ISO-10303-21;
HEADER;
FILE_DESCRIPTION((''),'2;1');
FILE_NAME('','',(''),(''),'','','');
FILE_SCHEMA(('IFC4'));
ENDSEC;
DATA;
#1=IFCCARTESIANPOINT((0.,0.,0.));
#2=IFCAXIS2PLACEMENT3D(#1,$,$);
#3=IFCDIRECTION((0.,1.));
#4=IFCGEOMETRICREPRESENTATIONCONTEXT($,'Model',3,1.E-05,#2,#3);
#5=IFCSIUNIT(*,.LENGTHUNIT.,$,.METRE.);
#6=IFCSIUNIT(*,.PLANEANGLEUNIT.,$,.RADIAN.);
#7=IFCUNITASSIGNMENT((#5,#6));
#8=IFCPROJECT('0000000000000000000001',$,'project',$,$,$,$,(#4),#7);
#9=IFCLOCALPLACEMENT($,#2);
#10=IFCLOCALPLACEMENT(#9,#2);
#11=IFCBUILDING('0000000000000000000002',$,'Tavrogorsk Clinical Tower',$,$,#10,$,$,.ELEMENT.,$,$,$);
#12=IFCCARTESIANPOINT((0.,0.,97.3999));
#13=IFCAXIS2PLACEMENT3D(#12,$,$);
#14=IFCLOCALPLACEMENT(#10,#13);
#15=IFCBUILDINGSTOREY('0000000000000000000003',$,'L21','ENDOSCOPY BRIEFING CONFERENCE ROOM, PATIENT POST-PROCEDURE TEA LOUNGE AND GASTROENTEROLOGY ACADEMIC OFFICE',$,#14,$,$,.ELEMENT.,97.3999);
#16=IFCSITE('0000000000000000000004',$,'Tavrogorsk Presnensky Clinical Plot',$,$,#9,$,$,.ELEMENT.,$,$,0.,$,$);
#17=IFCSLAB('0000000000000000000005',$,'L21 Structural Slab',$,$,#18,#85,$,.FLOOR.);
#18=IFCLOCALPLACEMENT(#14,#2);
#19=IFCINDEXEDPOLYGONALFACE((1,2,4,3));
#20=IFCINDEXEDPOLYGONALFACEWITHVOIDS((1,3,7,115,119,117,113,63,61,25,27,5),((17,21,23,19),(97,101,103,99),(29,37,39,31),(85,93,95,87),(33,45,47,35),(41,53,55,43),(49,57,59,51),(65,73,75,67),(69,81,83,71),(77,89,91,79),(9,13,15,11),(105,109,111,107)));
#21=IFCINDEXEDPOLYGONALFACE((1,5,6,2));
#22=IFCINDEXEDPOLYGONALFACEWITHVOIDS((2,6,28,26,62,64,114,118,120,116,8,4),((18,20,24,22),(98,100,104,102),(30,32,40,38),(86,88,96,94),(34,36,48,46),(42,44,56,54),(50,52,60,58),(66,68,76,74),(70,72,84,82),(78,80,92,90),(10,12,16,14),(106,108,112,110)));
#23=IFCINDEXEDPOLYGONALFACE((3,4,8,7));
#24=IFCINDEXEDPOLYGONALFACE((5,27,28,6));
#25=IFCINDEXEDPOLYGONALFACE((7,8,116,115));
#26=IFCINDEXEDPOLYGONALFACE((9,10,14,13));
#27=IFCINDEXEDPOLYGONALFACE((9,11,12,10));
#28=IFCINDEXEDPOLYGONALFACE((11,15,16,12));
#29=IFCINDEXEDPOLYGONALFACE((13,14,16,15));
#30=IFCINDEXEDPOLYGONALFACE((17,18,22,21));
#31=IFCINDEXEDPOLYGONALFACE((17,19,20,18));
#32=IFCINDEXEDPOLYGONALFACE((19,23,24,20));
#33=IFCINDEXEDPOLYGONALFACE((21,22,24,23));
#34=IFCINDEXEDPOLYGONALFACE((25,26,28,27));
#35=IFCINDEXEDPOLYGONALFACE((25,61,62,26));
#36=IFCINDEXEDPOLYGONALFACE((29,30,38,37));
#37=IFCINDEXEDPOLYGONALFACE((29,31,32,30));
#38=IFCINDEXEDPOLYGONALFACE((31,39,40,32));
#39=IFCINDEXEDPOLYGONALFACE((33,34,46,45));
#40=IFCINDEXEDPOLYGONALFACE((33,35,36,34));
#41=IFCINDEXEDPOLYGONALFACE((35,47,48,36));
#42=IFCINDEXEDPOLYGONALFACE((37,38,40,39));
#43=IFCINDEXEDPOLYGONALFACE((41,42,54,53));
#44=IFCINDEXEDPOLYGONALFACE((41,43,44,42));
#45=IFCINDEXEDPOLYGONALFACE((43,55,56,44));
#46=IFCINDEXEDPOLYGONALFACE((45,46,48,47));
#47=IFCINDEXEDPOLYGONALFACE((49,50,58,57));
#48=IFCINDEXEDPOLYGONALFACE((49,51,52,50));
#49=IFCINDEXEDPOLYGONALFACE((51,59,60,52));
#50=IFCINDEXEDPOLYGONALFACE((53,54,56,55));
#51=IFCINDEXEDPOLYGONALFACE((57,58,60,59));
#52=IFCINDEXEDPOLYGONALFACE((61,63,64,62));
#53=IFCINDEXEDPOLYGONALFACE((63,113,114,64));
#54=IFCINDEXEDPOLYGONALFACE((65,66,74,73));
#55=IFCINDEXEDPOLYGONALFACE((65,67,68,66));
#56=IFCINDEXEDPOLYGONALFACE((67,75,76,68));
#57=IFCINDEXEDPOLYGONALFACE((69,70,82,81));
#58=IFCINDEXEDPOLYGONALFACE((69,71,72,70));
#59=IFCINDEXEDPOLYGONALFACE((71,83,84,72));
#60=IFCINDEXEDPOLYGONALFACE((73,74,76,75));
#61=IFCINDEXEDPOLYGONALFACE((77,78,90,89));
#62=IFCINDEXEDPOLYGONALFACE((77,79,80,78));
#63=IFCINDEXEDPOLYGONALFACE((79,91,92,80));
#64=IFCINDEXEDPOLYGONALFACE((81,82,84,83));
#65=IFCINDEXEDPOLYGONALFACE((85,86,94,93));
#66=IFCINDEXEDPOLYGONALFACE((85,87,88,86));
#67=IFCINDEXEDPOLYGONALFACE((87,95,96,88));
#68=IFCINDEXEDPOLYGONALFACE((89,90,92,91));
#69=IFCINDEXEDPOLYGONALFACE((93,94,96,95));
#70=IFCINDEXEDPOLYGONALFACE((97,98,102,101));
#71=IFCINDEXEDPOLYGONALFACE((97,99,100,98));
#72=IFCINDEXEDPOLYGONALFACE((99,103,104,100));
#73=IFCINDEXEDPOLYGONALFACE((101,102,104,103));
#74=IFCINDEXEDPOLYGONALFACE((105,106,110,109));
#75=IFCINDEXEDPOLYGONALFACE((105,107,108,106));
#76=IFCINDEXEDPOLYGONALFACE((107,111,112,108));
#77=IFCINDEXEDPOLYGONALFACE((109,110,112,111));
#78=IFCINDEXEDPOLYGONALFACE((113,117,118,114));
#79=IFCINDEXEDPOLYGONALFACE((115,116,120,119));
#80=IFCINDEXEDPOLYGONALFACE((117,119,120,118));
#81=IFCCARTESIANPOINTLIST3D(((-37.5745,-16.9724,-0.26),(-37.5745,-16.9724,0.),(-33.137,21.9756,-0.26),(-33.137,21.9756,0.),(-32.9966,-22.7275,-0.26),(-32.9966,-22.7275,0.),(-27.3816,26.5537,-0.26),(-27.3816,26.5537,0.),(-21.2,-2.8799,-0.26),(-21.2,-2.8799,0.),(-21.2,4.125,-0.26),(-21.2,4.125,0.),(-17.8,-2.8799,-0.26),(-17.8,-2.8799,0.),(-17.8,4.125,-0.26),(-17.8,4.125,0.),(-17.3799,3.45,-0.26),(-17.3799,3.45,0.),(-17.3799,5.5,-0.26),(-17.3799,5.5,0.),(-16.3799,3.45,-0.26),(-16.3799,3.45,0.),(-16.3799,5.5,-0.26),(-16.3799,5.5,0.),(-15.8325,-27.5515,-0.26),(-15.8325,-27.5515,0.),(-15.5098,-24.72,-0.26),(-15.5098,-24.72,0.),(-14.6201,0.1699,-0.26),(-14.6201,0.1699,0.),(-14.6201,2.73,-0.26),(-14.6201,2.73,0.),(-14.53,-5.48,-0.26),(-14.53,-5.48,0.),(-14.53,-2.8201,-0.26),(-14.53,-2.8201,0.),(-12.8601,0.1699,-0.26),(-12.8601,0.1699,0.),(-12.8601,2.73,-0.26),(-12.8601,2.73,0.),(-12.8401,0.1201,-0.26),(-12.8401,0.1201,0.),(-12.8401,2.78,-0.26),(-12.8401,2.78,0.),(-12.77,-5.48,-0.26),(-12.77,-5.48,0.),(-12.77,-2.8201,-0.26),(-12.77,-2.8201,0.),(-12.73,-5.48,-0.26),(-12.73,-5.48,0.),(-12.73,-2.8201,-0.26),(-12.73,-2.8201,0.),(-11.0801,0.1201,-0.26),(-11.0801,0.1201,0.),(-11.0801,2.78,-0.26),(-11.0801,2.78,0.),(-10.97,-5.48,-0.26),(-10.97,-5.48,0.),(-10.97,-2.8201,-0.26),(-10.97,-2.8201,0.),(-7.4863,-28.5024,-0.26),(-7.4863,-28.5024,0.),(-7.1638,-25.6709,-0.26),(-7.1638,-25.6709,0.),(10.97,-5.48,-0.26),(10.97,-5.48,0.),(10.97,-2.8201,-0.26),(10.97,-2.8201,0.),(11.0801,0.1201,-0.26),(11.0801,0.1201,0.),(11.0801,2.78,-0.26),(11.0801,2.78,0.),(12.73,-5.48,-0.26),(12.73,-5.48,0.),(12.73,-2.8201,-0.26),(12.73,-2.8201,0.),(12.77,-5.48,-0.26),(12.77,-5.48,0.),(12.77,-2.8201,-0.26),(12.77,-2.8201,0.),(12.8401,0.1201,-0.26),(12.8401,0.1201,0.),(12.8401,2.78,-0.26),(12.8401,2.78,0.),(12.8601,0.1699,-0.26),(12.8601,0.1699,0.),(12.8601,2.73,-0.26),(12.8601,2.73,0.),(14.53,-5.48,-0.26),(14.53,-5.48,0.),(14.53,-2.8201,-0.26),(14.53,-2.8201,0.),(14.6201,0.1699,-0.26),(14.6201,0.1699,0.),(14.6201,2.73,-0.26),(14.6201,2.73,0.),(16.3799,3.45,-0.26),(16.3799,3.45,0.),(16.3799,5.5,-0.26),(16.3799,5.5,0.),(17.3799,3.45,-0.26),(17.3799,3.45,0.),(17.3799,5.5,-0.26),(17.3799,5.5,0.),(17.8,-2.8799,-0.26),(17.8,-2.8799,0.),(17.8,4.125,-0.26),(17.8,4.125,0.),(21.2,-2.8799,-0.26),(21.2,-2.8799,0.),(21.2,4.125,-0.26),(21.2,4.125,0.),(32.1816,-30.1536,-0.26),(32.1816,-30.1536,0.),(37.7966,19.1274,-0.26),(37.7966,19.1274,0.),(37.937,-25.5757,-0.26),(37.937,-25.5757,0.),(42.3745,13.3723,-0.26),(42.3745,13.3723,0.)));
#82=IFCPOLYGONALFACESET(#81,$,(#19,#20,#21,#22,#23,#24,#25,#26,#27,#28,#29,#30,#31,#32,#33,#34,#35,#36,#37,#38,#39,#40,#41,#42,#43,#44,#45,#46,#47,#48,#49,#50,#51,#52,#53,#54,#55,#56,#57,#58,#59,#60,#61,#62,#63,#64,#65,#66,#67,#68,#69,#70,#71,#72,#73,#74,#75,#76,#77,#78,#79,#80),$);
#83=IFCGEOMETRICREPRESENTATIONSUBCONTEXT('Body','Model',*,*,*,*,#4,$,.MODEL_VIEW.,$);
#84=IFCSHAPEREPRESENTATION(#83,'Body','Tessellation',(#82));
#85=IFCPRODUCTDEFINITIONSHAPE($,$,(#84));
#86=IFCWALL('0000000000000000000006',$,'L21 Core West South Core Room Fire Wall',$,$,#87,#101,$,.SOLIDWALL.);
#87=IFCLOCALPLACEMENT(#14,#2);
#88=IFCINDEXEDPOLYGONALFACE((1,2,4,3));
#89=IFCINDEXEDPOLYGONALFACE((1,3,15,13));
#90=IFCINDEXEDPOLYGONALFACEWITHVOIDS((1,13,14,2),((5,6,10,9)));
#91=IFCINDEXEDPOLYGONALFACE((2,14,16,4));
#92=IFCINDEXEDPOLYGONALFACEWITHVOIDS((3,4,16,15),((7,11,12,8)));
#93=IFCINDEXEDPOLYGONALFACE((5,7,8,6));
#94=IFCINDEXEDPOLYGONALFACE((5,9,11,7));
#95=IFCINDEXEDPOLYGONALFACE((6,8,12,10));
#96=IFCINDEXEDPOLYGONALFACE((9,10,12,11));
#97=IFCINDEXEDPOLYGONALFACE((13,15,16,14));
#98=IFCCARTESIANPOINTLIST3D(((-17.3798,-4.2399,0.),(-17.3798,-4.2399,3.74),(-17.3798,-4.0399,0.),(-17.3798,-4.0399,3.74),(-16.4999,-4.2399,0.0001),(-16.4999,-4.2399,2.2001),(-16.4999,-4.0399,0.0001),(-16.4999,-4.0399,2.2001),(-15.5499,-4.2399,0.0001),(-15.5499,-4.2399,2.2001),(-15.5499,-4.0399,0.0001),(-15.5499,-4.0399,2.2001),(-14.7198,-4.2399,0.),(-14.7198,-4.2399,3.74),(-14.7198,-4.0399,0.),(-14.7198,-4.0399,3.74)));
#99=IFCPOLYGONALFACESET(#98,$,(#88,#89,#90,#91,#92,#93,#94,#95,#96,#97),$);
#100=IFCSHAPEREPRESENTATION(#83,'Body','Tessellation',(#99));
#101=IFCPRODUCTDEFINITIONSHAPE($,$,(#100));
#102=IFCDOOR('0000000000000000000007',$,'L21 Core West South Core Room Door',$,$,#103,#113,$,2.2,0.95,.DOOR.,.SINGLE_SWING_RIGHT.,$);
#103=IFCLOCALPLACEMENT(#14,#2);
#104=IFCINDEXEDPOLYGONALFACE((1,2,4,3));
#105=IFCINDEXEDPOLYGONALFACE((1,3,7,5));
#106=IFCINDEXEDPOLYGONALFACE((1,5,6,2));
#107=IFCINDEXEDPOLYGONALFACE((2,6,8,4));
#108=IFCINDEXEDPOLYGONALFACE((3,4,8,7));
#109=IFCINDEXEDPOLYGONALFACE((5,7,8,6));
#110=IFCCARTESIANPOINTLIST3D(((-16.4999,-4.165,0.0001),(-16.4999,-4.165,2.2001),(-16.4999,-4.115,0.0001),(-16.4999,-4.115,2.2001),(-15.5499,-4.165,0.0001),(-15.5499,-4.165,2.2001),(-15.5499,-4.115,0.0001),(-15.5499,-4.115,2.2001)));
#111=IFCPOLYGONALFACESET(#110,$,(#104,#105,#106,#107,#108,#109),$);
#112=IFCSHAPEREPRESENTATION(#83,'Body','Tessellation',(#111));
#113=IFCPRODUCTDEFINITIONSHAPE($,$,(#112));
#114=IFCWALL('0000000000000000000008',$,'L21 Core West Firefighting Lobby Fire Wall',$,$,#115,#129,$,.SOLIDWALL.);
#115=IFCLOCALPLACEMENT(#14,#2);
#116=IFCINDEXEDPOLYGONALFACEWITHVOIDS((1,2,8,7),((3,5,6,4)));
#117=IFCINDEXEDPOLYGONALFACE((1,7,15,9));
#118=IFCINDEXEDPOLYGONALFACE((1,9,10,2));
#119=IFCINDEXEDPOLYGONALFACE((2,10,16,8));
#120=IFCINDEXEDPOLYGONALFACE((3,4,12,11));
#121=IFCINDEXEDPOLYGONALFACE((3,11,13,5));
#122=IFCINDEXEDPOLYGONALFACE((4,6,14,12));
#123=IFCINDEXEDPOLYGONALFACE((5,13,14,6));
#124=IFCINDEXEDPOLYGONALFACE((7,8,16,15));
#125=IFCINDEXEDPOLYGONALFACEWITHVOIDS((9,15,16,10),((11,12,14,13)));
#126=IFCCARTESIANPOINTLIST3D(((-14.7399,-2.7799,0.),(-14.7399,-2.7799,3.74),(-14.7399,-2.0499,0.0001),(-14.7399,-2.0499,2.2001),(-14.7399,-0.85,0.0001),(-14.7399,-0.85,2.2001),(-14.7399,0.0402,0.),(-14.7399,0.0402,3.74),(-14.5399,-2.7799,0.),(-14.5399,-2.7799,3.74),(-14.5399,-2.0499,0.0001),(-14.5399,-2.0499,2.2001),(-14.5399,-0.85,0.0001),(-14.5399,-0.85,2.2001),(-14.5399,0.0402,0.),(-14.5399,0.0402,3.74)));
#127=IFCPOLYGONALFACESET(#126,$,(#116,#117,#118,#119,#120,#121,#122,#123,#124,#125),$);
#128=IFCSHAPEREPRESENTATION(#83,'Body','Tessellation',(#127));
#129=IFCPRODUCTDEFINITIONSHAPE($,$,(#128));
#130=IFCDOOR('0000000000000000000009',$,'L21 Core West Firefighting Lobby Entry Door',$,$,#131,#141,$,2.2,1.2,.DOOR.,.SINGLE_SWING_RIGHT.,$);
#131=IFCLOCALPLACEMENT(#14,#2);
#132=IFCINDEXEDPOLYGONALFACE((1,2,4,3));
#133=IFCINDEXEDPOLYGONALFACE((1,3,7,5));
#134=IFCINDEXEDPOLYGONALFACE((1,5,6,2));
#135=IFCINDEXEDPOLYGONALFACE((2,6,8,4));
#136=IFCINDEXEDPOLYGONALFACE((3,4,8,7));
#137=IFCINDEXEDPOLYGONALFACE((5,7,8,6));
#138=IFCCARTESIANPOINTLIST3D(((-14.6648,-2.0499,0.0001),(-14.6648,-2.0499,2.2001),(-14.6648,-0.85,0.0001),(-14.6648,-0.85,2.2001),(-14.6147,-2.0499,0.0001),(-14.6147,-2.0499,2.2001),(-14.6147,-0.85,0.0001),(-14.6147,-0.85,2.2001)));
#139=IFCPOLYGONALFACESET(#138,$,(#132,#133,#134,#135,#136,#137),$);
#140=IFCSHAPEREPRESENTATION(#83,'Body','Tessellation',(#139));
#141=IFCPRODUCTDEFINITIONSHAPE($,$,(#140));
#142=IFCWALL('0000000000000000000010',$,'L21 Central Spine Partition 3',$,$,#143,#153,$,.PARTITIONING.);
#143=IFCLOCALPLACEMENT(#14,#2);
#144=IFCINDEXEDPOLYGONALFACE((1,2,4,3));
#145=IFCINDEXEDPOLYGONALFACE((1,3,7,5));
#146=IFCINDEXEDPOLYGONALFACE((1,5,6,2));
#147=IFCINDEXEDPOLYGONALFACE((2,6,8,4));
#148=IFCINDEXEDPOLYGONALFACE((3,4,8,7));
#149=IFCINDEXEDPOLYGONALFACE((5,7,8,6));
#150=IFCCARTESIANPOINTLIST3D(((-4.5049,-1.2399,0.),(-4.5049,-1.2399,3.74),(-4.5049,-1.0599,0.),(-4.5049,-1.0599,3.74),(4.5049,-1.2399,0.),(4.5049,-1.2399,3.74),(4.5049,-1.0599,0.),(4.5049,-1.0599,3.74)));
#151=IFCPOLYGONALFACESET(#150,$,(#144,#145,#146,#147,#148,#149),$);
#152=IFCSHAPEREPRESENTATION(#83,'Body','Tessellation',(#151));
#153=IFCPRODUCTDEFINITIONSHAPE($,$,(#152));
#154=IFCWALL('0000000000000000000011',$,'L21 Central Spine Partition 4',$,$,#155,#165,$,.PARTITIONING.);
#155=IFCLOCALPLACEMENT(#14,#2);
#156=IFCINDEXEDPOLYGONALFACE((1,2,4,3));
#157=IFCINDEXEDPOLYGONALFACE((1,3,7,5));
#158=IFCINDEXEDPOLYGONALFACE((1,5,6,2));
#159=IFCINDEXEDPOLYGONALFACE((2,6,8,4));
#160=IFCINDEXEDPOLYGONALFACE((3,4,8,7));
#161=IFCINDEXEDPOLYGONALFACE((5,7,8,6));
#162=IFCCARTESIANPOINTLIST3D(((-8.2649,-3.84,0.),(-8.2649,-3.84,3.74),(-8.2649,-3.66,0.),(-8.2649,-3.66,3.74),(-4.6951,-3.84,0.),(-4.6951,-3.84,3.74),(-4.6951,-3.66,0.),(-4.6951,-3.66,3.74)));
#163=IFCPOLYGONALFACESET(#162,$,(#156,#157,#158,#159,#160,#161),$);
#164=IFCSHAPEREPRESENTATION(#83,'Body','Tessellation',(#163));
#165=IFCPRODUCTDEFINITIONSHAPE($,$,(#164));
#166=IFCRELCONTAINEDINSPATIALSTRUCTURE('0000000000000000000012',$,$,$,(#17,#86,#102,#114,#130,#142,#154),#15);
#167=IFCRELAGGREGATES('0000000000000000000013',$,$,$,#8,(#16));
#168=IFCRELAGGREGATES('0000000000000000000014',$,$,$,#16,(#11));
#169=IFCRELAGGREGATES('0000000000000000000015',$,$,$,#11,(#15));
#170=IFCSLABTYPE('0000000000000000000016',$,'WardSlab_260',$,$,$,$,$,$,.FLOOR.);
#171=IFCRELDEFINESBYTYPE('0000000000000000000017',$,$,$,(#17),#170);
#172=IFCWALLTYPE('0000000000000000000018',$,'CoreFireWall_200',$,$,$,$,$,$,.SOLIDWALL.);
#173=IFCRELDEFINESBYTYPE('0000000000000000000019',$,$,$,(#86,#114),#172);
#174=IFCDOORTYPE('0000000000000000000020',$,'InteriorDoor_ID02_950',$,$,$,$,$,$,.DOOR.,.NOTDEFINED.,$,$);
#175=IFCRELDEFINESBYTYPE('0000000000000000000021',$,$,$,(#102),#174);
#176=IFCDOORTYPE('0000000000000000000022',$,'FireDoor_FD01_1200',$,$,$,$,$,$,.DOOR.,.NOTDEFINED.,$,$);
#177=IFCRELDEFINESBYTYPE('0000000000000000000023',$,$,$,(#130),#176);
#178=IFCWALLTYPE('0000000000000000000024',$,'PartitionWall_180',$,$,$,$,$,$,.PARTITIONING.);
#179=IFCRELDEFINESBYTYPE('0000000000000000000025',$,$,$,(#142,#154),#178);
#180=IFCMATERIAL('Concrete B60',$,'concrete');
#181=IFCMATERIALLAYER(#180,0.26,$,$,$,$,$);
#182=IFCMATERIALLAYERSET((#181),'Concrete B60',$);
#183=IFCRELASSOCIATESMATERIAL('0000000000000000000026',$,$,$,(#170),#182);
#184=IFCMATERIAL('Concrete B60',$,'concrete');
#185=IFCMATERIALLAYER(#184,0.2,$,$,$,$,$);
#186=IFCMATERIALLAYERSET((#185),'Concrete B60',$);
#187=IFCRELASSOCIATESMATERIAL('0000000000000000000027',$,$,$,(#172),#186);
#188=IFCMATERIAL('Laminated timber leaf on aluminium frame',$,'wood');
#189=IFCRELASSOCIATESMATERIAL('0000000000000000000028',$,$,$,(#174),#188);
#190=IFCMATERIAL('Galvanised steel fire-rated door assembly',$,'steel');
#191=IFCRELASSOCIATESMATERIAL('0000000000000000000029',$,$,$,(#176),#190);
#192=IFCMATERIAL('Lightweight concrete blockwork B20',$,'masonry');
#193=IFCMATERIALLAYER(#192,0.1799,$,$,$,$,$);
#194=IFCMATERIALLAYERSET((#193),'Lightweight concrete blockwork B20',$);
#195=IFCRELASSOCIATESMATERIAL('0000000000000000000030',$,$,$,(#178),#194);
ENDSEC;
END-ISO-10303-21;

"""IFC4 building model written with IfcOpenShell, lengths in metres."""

from ifc_helpers import new_model, si_unit, direction, frame, frame_2d, origin, place, context, subcontext, project, spatial, polyline, rectangle, outline, extrude, material, layer, layer_set, type_object, element, fill, save


model = new_model("IFC4")

# Units and contexts
model_context = context("Model", 3, precision=1e-05, world=origin(), true_north=direction((0.0, 1.0)))
body_context = subcontext(model_context, "Body", "Model", "MODEL_VIEW")
ifc_project = project(units=[si_unit("LENGTHUNIT", "METRE"), si_unit("PLANEANGLEUNIT", "RADIAN")], contexts=[model_context])

# Site, building, storey
site_placement = place(None, origin())
site = spatial("IfcSite", under=ifc_project, at=site_placement, Name="Tavrogorsk Presnensky Clinical Plot", CompositionType="ELEMENT", RefElevation=0.0)
building_placement = place(site_placement, origin())
building = spatial("IfcBuilding", under=site, at=building_placement, Name="Tavrogorsk Clinical Tower", CompositionType="ELEMENT")
storey_placement = place(building_placement, frame((0.0, 0.0, 97.3999)))
storey = spatial("IfcBuildingStorey", under=building, at=storey_placement, Name="L21", Description="ENDOSCOPY BRIEFING CONFERENCE ROOM, PATIENT POST-PROCEDURE TEA LOUNGE AND GASTROENTEROLOGY ACADEMIC OFFICE", CompositionType="ELEMENT", Elevation=97.3999)

# Slab
ifc_material_1 = material(Name="Concrete B60", Category="concrete")
ifc_layer_1 = layer(ifc_material_1, 0.26)
ifc_layer_set_1 = layer_set([ifc_layer_1], Name="Concrete B60")
slab_type = type_object("IfcSlabType", Name="WardSlab_260", PredefinedType="FLOOR", material=ifc_layer_set_1)
slab_placement = place(storey_placement, frame((0.0, 0.0, -0.26)))
element("IfcSlab", 1, at=slab_placement, inside=storey, type_object=slab_type, Name="L21 Structural Slab", PredefinedType="FLOOR", context=body_context, shape_type="SweptSolid", body=[
    extrude(outline(polyline([(-32.9966, -22.7275), (-37.5745, -16.9724), (-33.137, 21.9756), (-27.3816, 26.5537), (37.7966, 19.1274), (42.3745, 13.3723), (37.937, -25.5757), (32.1816, -30.1536), (-7.1638, -25.6709), (-7.4863, -28.5024), (-15.8325, -27.5515), (-15.5098, -24.72), (-32.9966, -22.7275)]), holes=[polyline([(-17.8, -2.8799), (-17.8, 4.125), (-21.2, 4.125), (-21.2, -2.8799), (-17.8, -2.8799)]), polyline([(21.2, -2.8799), (21.2, 4.125), (17.8, 4.125), (17.8, -2.8799), (21.2, -2.8799)]), polyline([(-14.6201, 0.1699), (-12.8601, 0.1699), (-12.8601, 2.73), (-14.6201, 2.73), (-14.6201, 0.1699)]), polyline([(-14.53, -5.48), (-12.77, -5.48), (-12.77, -2.8201), (-14.53, -2.8201), (-14.53, -5.48)]), polyline([(-12.73, -5.48), (-10.97, -5.48), (-10.97, -2.8201), (-12.73, -2.8201), (-12.73, -5.48)]), polyline([(-12.8401, 0.1201), (-11.0801, 0.1201), (-11.0801, 2.78), (-12.8401, 2.78), (-12.8401, 0.1201)]), polyline([(12.8601, 0.1699), (14.6201, 0.1699), (14.6201, 2.73), (12.8601, 2.73), (12.8601, 0.1699)]), polyline([(12.77, -5.48), (14.53, -5.48), (14.53, -2.8201), (12.77, -2.8201), (12.77, -5.48)]), polyline([(10.97, -5.48), (12.73, -5.48), (12.73, -2.8201), (10.97, -2.8201), (10.97, -5.48)]), polyline([(11.0801, 0.1201), (12.8401, 0.1201), (12.8401, 2.78), (11.0801, 2.78), (11.0801, 0.1201)]), polyline([(-17.3799, 3.45), (-16.3799, 3.45), (-16.3799, 5.5), (-17.3799, 5.5), (-17.3799, 3.45)]), polyline([(16.3799, 3.45), (17.3799, 3.45), (17.3799, 5.5), (16.3799, 5.5), (16.3799, 3.45)])]), origin(), (0.0, 0.0, 1.0), 0.26),
])

# Walls, openings, doors
ifc_material_2 = material(Name="Concrete B60", Category="concrete")
ifc_layer_2 = layer(ifc_material_2, 0.2)
ifc_layer_set_2 = layer_set([ifc_layer_2], Name="Concrete B60")
wall_type_1 = type_object("IfcWallType", Name="CoreFireWall_200", PredefinedType="SOLIDWALL", material=ifc_layer_set_2)
wall_1_placement = place(storey_placement, frame((-17.3799, -4.1399, 0.0), z_axis=(0.0, 0.0, 1.0), x_axis=(1.0, 0.0, 0.0)))
wall_1 = element("IfcWall", 2, at=wall_1_placement, inside=storey, type_object=wall_type_1, Name="L21 Core West South Core Room Fire Wall", PredefinedType="SOLIDWALL", context=body_context, shape_type="SweptSolid", body=[
    extrude(rectangle(XDim=2.6599, YDim=0.2, at=frame_2d((1.3301, 0.0))), origin(), (0.0, 0.0, 1.0), 3.74),
])
opening_1_placement = place(wall_1_placement, frame((0.8799, 0.0, 0.0)))
opening_1 = element("IfcOpeningElement", 3, at=opening_1_placement, cuts=wall_1, PredefinedType="OPENING", context=body_context, shape_type="SweptSolid", body=[
    extrude(rectangle(XDim=0.95, YDim=2.2, at=frame_2d((0.4751, 1.1001))), frame((0.0, 0.1099, 0.0), z_axis=(0.0, -1.0, 0.0), x_axis=(1.0, 0.0, 0.0)), (0.0, 0.0, 1.0), 0.22),
])
ifc_material_3 = material(Name="Laminated timber leaf on aluminium frame", Category="wood")
door_type_1 = type_object("IfcDoorType", Name="InteriorDoor_ID02_950", OperationType="NOTDEFINED", PredefinedType="DOOR", material=ifc_material_3)
door_1_placement = place(opening_1_placement, origin())
door_1 = element("IfcDoor", 4, at=door_1_placement, inside=storey, type_object=door_type_1, Name="L21 Core West South Core Room Door", OperationType="SINGLE_SWING_RIGHT", OverallHeight=2.2, OverallWidth=0.95, PredefinedType="DOOR", context=body_context, shape_type="SweptSolid", body=[
    extrude(rectangle(XDim=0.95, YDim=2.2, at=frame_2d((0.4751, 1.1001))), frame((0.0, 0.0249, 0.0), z_axis=(0.0, -1.0, 0.0), x_axis=(1.0, 0.0, 0.0)), (0.0, 0.0, 1.0), 0.05),
])
fill(opening_1, door_1)
wall_2_placement = place(storey_placement, frame((-14.6399, -2.78, 0.0), z_axis=(0.0, 0.0, 1.0), x_axis=(0.0, 1.0, 0.0)))
wall_2 = element("IfcWall", 5, at=wall_2_placement, inside=storey, type_object=wall_type_1, Name="L21 Core West Firefighting Lobby Fire Wall", PredefinedType="SOLIDWALL", context=body_context, shape_type="SweptSolid", body=[
    extrude(rectangle(XDim=2.8201, YDim=0.2, at=frame_2d((1.4102, 0.0))), origin(), (0.0, 0.0, 1.0), 3.74),
])
opening_2_placement = place(wall_2_placement, frame((0.73, 0.0, 0.0)))
opening_2 = element("IfcOpeningElement", 6, at=opening_2_placement, cuts=wall_2, PredefinedType="OPENING", context=body_context, shape_type="SweptSolid", body=[
    extrude(rectangle(XDim=1.2, YDim=2.2, at=frame_2d((0.6001, 1.1001))), frame((0.0, 0.1099, 0.0), z_axis=(0.0, -1.0, 0.0), x_axis=(1.0, 0.0, 0.0)), (0.0, 0.0, 1.0), 0.22),
])
ifc_material_4 = material(Name="Galvanised steel fire-rated door assembly", Category="steel")
door_type_2 = type_object("IfcDoorType", Name="FireDoor_FD01_1200", OperationType="NOTDEFINED", PredefinedType="DOOR", material=ifc_material_4)
door_2_placement = place(opening_2_placement, origin())
door_2 = element("IfcDoor", 7, at=door_2_placement, inside=storey, type_object=door_type_2, Name="L21 Core West Firefighting Lobby Entry Door", OperationType="SINGLE_SWING_RIGHT", OverallHeight=2.2, OverallWidth=1.2, PredefinedType="DOOR", context=body_context, shape_type="SweptSolid", body=[
    extrude(rectangle(XDim=1.2, YDim=2.2, at=frame_2d((0.6001, 1.1001))), frame((0.0, 0.0249, 0.0), z_axis=(0.0, -1.0, 0.0), x_axis=(1.0, 0.0, 0.0)), (0.0, 0.0, 1.0), 0.05),
])
fill(opening_2, door_2)

# Walls
ifc_material_5 = material(Name="Lightweight concrete blockwork B20", Category="masonry")
ifc_layer_3 = layer(ifc_material_5, 0.1799)
ifc_layer_set_3 = layer_set([ifc_layer_3], Name="Lightweight concrete blockwork B20")
wall_type_2 = type_object("IfcWallType", Name="PartitionWall_180", PredefinedType="PARTITIONING", material=ifc_layer_set_3)
wall_3_placement = place(storey_placement, frame((-4.5049, -1.1499, 0.0), z_axis=(0.0, 0.0, 1.0), x_axis=(1.0, 0.0, 0.0)))
element("IfcWall", 8, at=wall_3_placement, inside=storey, type_object=wall_type_2, Name="L21 Central Spine Partition 3", PredefinedType="PARTITIONING", context=body_context, shape_type="SweptSolid", body=[
    extrude(rectangle(XDim=9.0098, YDim=0.1799, at=frame_2d((4.5049, 0.0))), origin(), (0.0, 0.0, 1.0), 3.74),
])
wall_4_placement = place(storey_placement, frame((-8.2649, -3.75, 0.0), z_axis=(0.0, 0.0, 1.0), x_axis=(1.0, 0.0, 0.0)))
element("IfcWall", 9, at=wall_4_placement, inside=storey, type_object=wall_type_2, Name="L21 Central Spine Partition 4", PredefinedType="PARTITIONING", context=body_context, shape_type="SweptSolid", body=[
    extrude(rectangle(XDim=3.5698, YDim=0.1799, at=frame_2d((1.7849, 0.0))), origin(), (0.0, 0.0, 1.0), 3.74),
])

save(model, "model.ifc")
